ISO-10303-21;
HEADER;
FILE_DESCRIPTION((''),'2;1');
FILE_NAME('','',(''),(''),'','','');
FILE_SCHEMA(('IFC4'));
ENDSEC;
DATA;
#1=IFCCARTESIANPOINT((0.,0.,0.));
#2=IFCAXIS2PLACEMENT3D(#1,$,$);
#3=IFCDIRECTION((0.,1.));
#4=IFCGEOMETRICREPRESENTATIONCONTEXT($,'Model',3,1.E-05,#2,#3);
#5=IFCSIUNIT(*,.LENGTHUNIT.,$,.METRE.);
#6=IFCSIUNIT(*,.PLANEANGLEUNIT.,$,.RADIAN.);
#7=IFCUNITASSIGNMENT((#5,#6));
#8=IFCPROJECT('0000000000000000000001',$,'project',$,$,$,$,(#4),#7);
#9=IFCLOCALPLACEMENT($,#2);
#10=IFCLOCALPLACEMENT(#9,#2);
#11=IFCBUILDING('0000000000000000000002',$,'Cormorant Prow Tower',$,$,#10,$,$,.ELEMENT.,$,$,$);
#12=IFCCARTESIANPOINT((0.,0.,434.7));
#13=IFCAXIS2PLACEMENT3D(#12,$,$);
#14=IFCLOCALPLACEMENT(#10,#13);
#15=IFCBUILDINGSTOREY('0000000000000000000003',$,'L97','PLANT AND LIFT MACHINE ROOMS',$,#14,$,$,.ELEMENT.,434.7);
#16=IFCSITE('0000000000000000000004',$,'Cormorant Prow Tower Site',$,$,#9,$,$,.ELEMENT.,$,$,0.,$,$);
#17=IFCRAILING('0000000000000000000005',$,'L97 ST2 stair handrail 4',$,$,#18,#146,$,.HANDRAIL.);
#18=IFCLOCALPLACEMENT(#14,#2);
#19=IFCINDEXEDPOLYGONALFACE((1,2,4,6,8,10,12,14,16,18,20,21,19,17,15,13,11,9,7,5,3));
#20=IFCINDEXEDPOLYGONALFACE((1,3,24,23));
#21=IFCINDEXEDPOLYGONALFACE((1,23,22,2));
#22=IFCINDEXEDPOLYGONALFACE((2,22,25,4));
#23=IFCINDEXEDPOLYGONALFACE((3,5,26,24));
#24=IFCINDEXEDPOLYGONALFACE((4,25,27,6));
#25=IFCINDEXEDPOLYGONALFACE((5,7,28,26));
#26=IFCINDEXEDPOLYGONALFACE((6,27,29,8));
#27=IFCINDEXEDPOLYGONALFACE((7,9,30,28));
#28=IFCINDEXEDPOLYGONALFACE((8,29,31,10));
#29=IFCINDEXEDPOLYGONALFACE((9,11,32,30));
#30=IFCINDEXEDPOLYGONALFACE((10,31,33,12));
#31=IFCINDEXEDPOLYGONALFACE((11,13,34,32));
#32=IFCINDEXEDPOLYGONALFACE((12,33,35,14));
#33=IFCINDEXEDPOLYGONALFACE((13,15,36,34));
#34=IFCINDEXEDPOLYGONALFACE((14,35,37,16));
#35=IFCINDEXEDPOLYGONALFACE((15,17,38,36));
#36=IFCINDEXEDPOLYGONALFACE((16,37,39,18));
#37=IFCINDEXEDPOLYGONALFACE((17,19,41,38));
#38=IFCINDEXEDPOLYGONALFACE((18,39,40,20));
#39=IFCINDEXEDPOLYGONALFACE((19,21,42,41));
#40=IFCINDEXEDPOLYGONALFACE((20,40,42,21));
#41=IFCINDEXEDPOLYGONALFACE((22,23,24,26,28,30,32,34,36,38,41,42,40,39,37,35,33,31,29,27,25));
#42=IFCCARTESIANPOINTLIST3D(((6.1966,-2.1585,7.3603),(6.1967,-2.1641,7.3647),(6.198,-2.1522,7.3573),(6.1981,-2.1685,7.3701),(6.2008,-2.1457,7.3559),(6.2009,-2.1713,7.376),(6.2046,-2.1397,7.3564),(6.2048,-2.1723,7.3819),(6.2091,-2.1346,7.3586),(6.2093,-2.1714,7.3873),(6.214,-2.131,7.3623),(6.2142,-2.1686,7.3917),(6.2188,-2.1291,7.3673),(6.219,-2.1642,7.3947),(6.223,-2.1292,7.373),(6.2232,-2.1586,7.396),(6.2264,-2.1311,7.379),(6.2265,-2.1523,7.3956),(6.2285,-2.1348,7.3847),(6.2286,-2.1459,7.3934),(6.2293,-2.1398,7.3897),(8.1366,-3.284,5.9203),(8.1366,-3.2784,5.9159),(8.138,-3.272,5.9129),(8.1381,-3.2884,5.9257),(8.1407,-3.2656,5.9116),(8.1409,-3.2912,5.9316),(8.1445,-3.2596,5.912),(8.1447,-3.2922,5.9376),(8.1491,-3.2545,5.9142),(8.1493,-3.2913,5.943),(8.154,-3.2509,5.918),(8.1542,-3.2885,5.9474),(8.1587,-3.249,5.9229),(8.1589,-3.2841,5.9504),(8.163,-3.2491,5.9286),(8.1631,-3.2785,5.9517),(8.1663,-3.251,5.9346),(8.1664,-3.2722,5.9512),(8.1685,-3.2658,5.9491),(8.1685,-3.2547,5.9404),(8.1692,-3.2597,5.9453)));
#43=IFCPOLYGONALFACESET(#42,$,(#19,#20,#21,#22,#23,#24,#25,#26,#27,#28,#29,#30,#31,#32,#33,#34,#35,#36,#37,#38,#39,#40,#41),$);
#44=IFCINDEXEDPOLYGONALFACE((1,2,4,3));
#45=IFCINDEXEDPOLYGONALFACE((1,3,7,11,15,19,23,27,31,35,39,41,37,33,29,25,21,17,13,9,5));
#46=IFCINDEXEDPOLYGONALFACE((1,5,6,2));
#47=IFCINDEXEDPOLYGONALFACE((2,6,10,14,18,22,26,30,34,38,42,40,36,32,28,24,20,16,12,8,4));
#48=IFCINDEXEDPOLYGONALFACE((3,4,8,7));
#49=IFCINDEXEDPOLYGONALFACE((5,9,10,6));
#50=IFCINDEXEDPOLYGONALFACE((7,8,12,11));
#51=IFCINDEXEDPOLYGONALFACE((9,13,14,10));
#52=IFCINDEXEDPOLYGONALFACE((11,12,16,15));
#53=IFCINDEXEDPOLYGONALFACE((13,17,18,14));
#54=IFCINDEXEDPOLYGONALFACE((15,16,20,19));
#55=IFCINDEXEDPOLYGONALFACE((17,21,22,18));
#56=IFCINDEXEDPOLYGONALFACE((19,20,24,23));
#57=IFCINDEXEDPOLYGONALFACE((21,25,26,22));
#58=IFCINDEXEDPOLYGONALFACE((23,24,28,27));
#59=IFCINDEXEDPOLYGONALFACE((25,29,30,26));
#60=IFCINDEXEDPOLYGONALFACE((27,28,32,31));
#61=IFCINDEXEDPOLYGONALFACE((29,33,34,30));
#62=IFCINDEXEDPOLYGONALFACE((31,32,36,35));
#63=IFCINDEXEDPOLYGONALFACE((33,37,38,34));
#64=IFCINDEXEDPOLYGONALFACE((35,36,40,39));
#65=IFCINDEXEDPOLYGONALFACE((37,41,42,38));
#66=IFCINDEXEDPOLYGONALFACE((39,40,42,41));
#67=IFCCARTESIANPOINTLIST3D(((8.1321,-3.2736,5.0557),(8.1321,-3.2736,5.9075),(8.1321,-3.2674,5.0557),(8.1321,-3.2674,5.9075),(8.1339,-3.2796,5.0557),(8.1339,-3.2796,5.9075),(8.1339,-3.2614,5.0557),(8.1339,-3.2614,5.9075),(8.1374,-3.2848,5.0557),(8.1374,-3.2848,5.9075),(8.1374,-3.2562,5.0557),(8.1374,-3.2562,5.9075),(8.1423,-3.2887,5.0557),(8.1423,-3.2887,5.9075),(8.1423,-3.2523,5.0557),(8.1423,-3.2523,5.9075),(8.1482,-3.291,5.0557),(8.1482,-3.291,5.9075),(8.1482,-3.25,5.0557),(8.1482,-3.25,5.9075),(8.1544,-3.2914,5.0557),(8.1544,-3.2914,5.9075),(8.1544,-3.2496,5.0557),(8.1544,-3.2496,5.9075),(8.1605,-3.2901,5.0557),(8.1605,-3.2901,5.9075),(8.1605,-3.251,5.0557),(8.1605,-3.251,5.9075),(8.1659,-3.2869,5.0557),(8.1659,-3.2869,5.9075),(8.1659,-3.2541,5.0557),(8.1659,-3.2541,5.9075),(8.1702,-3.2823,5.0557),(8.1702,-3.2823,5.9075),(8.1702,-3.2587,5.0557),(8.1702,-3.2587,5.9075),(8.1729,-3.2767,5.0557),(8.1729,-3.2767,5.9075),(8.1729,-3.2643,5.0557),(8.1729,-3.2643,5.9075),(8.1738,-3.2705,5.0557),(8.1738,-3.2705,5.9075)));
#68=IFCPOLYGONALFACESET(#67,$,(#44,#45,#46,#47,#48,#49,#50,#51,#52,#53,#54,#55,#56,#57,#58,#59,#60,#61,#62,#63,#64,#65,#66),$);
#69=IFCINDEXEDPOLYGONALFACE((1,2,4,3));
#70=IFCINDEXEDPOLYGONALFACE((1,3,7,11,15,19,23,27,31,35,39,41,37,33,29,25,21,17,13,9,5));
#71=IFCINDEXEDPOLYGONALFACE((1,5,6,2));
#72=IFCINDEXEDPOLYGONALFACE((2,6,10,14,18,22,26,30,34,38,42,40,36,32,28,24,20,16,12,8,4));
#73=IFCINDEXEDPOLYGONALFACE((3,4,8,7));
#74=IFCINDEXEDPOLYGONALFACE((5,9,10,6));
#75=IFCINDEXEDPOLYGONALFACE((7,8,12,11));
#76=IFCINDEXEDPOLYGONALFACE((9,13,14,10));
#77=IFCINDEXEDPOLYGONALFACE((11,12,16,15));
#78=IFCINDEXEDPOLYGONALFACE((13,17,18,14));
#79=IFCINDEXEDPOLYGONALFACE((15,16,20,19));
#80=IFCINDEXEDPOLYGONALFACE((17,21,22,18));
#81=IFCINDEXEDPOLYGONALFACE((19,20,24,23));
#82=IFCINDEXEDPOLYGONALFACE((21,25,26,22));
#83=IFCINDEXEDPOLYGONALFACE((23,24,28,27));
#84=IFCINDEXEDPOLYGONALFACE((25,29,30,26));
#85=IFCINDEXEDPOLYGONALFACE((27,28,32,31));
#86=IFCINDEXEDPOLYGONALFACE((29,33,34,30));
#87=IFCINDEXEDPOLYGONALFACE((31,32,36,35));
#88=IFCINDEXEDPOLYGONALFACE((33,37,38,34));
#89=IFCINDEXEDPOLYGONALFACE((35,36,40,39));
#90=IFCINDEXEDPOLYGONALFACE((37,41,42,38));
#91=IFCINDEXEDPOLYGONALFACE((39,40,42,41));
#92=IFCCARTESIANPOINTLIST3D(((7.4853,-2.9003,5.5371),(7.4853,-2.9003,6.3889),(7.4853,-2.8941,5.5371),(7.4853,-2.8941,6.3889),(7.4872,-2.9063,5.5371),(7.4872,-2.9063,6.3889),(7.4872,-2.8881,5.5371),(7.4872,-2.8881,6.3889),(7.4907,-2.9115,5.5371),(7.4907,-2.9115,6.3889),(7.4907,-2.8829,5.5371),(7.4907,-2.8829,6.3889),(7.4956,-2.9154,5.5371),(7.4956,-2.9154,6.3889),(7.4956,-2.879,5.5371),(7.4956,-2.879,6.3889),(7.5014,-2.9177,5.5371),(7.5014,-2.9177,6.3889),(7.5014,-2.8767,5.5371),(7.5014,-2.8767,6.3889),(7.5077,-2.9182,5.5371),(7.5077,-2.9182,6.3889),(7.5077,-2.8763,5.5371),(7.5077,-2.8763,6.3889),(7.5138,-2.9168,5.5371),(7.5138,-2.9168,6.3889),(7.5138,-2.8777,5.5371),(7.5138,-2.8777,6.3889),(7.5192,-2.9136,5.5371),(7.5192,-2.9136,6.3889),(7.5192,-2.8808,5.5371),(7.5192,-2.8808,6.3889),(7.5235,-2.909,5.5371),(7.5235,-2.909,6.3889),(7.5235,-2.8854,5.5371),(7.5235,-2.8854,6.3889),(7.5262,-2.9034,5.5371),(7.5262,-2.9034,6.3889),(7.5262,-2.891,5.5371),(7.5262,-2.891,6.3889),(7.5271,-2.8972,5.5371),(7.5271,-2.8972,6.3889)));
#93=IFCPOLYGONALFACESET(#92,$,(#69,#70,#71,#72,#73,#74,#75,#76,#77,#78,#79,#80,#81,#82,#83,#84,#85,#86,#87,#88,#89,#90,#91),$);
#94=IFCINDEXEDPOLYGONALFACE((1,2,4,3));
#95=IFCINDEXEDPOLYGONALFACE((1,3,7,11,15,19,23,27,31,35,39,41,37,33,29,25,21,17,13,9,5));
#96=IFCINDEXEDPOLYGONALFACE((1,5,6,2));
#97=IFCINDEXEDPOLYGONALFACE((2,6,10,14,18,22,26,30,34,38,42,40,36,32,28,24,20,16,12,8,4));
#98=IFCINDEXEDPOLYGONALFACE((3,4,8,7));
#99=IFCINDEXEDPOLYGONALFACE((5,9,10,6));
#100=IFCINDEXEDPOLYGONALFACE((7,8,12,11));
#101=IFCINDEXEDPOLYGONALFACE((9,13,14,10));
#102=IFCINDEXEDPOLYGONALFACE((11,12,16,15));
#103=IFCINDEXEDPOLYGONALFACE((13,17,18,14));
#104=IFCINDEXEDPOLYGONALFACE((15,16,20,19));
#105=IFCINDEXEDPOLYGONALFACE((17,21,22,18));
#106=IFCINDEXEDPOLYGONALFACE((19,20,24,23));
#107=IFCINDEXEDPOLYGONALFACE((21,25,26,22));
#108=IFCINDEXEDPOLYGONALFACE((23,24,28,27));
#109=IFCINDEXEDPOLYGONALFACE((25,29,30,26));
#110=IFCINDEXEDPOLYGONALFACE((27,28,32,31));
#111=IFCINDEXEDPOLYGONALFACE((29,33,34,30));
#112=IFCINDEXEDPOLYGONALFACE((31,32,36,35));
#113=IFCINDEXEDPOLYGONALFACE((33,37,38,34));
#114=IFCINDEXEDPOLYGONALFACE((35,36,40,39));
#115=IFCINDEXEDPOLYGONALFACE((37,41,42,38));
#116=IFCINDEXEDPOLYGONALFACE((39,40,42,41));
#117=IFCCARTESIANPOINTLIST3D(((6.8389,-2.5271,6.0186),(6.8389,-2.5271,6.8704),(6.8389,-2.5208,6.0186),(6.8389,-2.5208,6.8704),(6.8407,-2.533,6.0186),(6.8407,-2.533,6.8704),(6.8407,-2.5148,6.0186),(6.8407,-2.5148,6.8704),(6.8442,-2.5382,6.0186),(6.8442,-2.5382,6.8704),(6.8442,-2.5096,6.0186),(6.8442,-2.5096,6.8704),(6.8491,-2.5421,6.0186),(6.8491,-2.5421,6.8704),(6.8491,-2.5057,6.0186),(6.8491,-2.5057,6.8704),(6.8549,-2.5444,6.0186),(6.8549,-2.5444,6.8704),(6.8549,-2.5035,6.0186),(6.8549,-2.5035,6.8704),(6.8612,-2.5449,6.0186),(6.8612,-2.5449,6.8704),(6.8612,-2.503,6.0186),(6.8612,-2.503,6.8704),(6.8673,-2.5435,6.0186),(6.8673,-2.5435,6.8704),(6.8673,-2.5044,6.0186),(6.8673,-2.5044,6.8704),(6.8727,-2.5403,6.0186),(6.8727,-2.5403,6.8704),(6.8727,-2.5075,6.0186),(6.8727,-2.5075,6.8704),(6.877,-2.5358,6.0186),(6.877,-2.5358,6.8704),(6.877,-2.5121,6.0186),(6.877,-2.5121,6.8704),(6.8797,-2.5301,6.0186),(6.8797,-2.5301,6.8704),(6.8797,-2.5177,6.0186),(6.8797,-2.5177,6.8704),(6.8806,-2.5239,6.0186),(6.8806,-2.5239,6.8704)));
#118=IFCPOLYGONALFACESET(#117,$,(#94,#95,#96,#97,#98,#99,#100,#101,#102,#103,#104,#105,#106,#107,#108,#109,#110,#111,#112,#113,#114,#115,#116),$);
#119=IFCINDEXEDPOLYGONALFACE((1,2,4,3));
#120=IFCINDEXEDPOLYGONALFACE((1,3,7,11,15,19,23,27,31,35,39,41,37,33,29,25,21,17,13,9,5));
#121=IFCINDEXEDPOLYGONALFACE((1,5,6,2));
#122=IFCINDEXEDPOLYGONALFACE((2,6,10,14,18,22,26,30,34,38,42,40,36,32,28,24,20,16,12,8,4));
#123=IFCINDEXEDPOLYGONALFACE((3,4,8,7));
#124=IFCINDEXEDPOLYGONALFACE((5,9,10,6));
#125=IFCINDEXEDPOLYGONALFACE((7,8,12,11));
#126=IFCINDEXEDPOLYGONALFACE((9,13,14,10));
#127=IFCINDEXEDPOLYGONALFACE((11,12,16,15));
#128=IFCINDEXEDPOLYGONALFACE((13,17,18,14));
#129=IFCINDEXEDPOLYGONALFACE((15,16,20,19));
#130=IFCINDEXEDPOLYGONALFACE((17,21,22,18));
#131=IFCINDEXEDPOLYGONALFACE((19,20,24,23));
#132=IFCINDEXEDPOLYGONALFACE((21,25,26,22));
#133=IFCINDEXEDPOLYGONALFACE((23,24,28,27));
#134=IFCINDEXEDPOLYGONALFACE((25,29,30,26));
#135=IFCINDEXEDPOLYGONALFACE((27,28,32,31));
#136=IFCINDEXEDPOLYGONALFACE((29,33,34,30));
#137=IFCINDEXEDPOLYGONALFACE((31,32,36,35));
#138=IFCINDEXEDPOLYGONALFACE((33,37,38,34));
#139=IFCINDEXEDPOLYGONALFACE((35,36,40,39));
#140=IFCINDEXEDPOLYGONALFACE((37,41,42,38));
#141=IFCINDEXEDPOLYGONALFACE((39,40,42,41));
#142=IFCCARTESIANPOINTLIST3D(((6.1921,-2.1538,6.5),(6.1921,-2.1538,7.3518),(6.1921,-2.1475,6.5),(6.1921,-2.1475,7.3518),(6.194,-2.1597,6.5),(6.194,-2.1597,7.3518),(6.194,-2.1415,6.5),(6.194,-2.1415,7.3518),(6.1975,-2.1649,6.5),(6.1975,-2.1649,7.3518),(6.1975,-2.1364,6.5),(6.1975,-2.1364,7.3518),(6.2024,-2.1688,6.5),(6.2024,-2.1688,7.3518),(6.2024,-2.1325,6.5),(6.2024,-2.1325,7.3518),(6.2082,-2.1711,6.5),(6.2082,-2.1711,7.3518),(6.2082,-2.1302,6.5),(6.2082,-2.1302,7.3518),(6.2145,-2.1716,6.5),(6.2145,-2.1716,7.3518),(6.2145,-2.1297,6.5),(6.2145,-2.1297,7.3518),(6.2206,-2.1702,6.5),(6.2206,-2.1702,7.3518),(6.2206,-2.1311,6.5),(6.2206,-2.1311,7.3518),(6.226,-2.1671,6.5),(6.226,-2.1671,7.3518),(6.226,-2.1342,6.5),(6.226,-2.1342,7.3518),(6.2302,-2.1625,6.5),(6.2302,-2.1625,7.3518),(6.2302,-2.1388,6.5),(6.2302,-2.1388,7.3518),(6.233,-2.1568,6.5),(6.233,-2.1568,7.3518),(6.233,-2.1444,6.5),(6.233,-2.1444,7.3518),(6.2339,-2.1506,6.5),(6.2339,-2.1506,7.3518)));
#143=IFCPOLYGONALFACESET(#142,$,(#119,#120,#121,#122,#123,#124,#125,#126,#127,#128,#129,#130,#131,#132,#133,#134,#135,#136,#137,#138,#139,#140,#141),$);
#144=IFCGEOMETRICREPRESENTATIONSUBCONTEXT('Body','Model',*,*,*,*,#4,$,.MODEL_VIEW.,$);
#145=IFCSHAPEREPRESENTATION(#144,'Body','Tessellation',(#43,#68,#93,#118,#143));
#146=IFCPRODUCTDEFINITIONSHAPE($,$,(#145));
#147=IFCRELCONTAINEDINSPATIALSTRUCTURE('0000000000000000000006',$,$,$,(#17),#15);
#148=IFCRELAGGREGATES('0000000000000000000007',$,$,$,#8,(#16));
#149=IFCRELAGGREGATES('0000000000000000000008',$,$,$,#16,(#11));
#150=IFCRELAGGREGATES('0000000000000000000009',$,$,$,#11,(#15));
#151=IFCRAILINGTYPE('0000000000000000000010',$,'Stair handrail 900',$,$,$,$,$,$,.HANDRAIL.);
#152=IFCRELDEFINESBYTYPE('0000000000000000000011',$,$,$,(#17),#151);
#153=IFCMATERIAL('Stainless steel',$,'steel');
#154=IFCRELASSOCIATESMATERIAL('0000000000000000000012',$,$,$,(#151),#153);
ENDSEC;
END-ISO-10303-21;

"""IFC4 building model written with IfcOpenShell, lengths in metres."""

from ifc_helpers import new_model, si_unit, direction, frame, origin, origin_2d, place, context, subcontext, project, spatial, circle, extrude, material, type_object, element, save


model = new_model("IFC4")

# Units and contexts
model_context = context("Model", 3, precision=1e-05, world=origin(), true_north=direction((0.0, 1.0)))
body_context = subcontext(model_context, "Body", "Model", "MODEL_VIEW")
ifc_project = project(units=[si_unit("LENGTHUNIT", "METRE"), si_unit("PLANEANGLEUNIT", "RADIAN")], contexts=[model_context])

# Site, building, storey
site_placement = place(None, origin())
site = spatial("IfcSite", under=ifc_project, at=site_placement, Name="Cormorant Prow Tower Site", CompositionType="ELEMENT", RefElevation=0.0)
building_placement = place(site_placement, origin())
building = spatial("IfcBuilding", under=site, at=building_placement, Name="Cormorant Prow Tower", CompositionType="ELEMENT")
storey_placement = place(building_placement, frame((0.0, 0.0, 434.7)))
storey = spatial("IfcBuildingStorey", under=building, at=storey_placement, Name="L97", Description="PLANT AND LIFT MACHINE ROOMS", CompositionType="ELEMENT", Elevation=434.7)

# Railing
ifc_material_1 = material(Name="Stainless steel", Category="steel")
railing_type_1 = type_object("IfcRailingType", Name="Stair handrail 900", PredefinedType="HANDRAIL", material=ifc_material_1)
for number, where, name in (
    (1, (8.1528, -3.2705, 5.0557), "L97 ST2 stair handrail 4"),
):
    element("IfcRailing", number, at=place(storey_placement, frame(where)), inside=storey, type_object=railing_type_1, Name=name, PredefinedType="HANDRAIL", context=body_context, shape_type="SweptSolid", body=[
        extrude(circle(Radius=0.0239, at=origin_2d()), frame((0.0, 0.0, 0.876), z_axis=(-0.727863, 0.420175, 0.541912), x_axis=(-0.499949, -0.866055, 0.0)), (0.0, 0.0, 1.0), 2.6653),
        extrude(circle(Radius=0.021, at=origin_2d()), origin(), (0.0, 0.0, 1.0), 0.8518),
        extrude(circle(Radius=0.021, at=origin_2d()), frame((-0.6467, 0.3733, 0.4814)), (0.0, 0.0, 1.0), 0.8518),
        extrude(circle(Radius=0.021, at=origin_2d()), frame((-1.2932, 0.7466, 0.9629)), (0.0, 0.0, 1.0), 0.8518),
        extrude(circle(Radius=0.021, at=origin_2d()), frame((-1.9399, 1.1199, 1.4443)), (0.0, 0.0, 1.0), 0.8518),
    ])

save(model, "model.ifc")
